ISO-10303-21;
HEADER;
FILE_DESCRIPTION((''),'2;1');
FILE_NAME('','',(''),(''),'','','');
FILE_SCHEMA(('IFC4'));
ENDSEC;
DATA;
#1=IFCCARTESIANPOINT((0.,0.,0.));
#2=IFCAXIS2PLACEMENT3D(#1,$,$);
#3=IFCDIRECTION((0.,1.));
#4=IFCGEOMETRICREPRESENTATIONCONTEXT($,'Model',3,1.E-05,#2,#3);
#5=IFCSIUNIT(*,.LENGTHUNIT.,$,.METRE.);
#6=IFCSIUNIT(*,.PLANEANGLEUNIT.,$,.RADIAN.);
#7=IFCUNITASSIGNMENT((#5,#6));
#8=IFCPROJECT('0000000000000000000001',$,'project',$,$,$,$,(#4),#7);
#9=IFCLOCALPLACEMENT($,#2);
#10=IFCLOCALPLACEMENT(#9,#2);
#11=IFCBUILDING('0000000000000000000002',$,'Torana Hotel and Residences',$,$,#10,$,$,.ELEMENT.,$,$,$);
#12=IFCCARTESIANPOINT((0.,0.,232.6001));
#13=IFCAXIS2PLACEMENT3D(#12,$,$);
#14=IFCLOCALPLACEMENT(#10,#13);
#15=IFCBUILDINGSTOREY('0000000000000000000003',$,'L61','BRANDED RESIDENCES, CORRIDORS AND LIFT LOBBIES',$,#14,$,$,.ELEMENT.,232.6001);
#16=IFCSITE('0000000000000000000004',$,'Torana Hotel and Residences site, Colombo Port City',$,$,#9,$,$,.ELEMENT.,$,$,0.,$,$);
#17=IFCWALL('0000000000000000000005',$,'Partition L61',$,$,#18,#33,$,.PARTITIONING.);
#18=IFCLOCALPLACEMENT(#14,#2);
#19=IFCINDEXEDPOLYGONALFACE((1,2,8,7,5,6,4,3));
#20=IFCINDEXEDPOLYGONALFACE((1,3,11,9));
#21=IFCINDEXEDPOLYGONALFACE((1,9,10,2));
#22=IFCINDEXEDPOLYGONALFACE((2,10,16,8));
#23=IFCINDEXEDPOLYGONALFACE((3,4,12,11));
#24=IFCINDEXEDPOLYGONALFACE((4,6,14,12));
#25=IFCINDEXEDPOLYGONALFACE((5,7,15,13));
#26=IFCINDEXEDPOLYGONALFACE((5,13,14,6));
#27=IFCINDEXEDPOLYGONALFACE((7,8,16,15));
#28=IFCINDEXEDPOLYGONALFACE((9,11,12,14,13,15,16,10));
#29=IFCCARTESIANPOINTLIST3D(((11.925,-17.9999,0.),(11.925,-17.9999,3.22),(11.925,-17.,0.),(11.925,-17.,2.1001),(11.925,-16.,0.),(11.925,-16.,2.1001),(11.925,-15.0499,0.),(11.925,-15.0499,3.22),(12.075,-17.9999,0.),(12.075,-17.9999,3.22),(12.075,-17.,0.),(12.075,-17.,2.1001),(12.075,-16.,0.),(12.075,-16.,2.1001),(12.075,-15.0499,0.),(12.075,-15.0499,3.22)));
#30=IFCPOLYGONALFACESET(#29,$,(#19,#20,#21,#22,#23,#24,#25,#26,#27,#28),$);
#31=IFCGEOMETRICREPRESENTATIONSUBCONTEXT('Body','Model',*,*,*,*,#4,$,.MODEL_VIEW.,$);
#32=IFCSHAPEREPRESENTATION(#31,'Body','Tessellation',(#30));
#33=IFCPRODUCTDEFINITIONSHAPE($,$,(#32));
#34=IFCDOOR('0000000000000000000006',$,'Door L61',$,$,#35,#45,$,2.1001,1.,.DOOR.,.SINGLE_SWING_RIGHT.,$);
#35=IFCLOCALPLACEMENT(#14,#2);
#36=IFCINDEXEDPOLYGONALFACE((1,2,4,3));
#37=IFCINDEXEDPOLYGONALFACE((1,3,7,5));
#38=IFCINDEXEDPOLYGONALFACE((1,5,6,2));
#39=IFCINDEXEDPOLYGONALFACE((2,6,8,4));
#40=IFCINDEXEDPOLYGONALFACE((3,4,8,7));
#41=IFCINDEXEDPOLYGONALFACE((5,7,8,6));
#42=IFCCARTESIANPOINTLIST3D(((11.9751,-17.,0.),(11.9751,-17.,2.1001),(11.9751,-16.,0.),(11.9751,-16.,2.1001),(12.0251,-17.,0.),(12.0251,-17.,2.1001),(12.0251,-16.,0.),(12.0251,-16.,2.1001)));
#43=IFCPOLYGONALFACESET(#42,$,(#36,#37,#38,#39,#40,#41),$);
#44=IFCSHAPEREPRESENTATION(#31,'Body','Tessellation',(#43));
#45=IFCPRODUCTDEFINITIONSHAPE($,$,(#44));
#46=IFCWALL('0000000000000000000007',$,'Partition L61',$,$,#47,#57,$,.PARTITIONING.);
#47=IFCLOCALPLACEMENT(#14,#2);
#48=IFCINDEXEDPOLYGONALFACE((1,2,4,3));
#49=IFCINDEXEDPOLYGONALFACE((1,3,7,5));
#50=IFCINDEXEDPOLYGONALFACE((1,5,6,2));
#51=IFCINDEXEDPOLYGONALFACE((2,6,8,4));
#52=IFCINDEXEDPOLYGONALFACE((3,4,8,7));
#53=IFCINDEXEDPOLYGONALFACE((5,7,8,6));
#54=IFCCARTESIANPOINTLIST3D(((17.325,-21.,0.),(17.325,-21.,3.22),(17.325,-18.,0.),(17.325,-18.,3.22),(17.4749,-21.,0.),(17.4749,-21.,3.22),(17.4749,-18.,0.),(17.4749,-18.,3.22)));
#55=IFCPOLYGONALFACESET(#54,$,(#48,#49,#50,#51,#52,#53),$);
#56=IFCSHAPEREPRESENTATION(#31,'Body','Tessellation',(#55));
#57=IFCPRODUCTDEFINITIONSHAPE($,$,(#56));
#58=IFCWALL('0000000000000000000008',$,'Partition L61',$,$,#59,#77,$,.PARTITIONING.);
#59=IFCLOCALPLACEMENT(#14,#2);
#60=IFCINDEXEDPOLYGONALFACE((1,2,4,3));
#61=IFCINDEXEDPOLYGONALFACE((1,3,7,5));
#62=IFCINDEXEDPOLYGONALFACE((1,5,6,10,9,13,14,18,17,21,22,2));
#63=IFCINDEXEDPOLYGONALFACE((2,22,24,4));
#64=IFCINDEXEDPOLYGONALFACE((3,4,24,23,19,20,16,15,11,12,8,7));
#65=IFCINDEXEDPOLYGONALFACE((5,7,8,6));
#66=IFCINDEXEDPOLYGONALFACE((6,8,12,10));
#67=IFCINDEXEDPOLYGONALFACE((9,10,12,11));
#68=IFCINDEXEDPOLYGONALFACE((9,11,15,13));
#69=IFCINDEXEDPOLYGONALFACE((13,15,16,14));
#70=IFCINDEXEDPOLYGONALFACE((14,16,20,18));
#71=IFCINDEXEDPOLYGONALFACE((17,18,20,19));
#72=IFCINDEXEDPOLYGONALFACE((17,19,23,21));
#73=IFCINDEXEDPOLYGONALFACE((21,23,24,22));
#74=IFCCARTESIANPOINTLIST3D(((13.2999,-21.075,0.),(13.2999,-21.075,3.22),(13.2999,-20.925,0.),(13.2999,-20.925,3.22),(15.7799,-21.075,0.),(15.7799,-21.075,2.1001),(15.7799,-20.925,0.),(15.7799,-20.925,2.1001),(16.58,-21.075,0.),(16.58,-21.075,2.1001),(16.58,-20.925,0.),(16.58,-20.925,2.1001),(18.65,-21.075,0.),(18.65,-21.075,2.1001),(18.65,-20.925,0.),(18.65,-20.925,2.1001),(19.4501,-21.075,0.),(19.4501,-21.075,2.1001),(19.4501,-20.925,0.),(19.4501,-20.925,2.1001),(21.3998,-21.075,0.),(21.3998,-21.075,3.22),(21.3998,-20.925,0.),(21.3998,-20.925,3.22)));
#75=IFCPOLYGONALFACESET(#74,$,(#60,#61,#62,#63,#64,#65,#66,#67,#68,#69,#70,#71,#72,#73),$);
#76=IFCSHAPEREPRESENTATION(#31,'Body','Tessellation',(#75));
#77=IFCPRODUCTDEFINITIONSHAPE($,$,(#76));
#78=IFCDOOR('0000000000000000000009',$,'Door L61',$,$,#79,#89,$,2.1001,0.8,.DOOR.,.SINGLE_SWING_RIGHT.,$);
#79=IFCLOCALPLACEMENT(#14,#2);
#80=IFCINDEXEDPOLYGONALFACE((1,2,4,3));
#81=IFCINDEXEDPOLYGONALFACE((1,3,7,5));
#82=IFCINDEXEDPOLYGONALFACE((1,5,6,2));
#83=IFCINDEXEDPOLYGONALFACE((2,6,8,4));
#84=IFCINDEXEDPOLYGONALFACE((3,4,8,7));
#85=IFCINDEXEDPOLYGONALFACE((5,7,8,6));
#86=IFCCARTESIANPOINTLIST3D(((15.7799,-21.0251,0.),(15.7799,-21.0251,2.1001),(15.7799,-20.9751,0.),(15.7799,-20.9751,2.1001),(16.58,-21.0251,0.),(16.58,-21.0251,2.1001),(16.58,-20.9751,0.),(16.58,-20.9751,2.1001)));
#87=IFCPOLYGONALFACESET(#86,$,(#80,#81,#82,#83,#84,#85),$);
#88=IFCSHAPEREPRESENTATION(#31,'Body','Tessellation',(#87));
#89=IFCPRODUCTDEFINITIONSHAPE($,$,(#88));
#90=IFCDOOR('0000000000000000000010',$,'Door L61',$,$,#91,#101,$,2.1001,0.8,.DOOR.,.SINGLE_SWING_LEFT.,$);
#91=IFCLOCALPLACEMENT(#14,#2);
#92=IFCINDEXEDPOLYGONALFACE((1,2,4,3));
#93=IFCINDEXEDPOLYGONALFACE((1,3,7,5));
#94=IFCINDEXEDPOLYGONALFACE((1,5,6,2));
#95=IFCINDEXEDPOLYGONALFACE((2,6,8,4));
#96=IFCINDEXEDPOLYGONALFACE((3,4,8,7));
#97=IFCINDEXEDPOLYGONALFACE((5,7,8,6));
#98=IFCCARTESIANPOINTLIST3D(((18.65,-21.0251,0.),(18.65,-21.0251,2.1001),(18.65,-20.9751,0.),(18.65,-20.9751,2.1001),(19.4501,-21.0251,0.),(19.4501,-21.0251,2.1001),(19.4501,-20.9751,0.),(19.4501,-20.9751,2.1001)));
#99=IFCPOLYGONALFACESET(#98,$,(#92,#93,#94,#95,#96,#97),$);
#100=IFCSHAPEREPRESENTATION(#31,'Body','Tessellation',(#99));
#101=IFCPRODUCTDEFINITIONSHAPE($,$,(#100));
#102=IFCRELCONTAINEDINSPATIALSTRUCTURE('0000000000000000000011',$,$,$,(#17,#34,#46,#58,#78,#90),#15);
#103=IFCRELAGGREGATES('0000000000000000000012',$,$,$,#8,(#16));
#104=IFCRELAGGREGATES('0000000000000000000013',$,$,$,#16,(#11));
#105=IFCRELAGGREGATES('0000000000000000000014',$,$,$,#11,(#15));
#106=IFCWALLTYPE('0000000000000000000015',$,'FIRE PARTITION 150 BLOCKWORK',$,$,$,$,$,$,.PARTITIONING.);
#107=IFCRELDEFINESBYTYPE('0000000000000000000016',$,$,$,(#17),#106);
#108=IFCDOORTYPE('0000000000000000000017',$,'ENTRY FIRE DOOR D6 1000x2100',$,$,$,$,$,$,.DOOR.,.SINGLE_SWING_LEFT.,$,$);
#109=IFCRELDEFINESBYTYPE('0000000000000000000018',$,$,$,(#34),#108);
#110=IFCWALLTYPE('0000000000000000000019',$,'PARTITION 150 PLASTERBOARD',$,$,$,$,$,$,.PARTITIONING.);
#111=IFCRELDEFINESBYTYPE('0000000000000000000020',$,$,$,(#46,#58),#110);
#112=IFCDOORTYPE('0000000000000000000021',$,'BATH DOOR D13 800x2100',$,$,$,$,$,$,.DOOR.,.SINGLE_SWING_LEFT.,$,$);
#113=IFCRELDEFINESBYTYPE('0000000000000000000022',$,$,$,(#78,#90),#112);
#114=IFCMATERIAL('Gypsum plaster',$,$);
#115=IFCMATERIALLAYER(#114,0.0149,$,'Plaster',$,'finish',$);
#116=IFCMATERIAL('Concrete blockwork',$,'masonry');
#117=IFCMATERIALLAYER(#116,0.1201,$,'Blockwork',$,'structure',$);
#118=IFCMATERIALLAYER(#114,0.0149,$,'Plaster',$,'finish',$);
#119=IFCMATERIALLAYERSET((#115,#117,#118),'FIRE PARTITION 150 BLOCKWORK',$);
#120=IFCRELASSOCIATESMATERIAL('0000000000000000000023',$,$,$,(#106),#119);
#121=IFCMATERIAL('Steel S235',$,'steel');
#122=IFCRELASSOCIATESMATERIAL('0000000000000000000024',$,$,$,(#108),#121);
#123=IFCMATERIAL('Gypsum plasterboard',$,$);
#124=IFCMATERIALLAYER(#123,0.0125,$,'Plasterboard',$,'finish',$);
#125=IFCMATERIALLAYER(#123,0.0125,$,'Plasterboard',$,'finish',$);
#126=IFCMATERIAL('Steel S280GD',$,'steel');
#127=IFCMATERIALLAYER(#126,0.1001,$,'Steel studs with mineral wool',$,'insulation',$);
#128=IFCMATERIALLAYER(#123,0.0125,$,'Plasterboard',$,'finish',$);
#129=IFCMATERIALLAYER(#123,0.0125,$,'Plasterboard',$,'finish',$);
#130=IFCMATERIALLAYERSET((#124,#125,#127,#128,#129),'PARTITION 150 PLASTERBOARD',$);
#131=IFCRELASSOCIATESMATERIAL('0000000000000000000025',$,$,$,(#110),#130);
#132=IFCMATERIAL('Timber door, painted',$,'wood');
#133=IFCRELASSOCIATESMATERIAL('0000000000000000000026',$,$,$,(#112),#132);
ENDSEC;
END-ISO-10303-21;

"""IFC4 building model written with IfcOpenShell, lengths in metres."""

from ifc_helpers import new_model, si_unit, direction, frame, frame_2d, origin, place, context, subcontext, project, spatial, rectangle, extrude, material, layer, layer_set, type_object, element, fill, save


model = new_model("IFC4")

# Units and contexts
model_context = context("Model", 3, precision=1e-05, world=origin(), true_north=direction((0.0, 1.0)))
body_context = subcontext(model_context, "Body", "Model", "MODEL_VIEW")
ifc_project = project(units=[si_unit("LENGTHUNIT", "METRE"), si_unit("PLANEANGLEUNIT", "RADIAN")], contexts=[model_context])

# Site, building, storey
site_placement = place(None, origin())
site = spatial("IfcSite", under=ifc_project, at=site_placement, Name="Torana Hotel and Residences site, Colombo Port City", CompositionType="ELEMENT", RefElevation=0.0)
building_placement = place(site_placement, origin())
building = spatial("IfcBuilding", under=site, at=building_placement, Name="Torana Hotel and Residences", CompositionType="ELEMENT")
storey_placement = place(building_placement, frame((0.0, 0.0, 232.6001)))
storey = spatial("IfcBuildingStorey", under=building, at=storey_placement, Name="L61", Description="BRANDED RESIDENCES, CORRIDORS AND LIFT LOBBIES", CompositionType="ELEMENT", Elevation=232.6001)

# Wall, opening, door
ifc_material_1 = material(Name="Gypsum plaster")
ifc_layer_1 = layer(ifc_material_1, 0.0149, Name="Plaster", Category="finish")
ifc_material_2 = material(Name="Concrete blockwork", Category="masonry")
ifc_layer_2 = layer(ifc_material_2, 0.1201, Name="Blockwork", Category="structure")
ifc_layer_3 = layer(ifc_material_1, 0.0149, Name="Plaster", Category="finish")
ifc_layer_set_1 = layer_set([ifc_layer_1, ifc_layer_2, ifc_layer_3], Name="FIRE PARTITION 150 BLOCKWORK")
wall_type_1 = type_object("IfcWallType", Name="FIRE PARTITION 150 BLOCKWORK", PredefinedType="PARTITIONING", material=ifc_layer_set_1)
wall_1_placement = place(storey_placement, frame((12.0, -18.0, 0.0), z_axis=(0.0, 0.0, 1.0), x_axis=(0.0, 1.0, 0.0)))
wall_1 = element("IfcWall", 1, at=wall_1_placement, inside=storey, type_object=wall_type_1, Name="Partition L61", PredefinedType="PARTITIONING", context=body_context, shape_type="SweptSolid", body=[
    extrude(rectangle(XDim=2.95, YDim=0.1499, at=frame_2d((1.4751, 0.0))), origin(), (0.0, 0.0, 1.0), 3.22),
])
opening_1_placement = place(wall_1_placement, frame((1.0, 0.0, 0.0)))
opening_1 = element("IfcOpeningElement", 2, at=opening_1_placement, cuts=wall_1, PredefinedType="OPENING", context=body_context, shape_type="SweptSolid", body=[
    extrude(rectangle(XDim=1.0, YDim=2.1001, at=frame_2d((0.5, 1.05))), frame((0.0, 0.085, 0.0), z_axis=(0.0, -1.0, 0.0), x_axis=(1.0, 0.0, 0.0)), (0.0, 0.0, 1.0), 0.1699),
])
ifc_material_3 = material(Name="Steel S235", Category="steel")
door_type_1 = type_object("IfcDoorType", Name="ENTRY FIRE DOOR D6 1000x2100", OperationType="SINGLE_SWING_LEFT", PredefinedType="DOOR", material=ifc_material_3)
door_1_placement = place(opening_1_placement, origin())
door_1 = element("IfcDoor", 3, at=door_1_placement, inside=storey, type_object=door_type_1, Name="Door L61", OperationType="SINGLE_SWING_RIGHT", OverallHeight=2.1001, OverallWidth=1.0, PredefinedType="DOOR", context=body_context, shape_type="SweptSolid", body=[
    extrude(rectangle(XDim=1.0, YDim=2.1001, at=frame_2d((0.5, 1.05))), frame((0.0, 0.0249, 0.0), z_axis=(0.0, -1.0, 0.0), x_axis=(1.0, 0.0, 0.0)), (0.0, 0.0, 1.0), 0.05),
])
fill(opening_1, door_1)

# Wall
ifc_material_4 = material(Name="Gypsum plasterboard")
ifc_layer_4 = layer(ifc_material_4, 0.0125, Name="Plasterboard", Category="finish")
ifc_layer_5 = layer(ifc_material_4, 0.0125, Name="Plasterboard", Category="finish")
ifc_material_5 = material(Name="Steel S280GD", Category="steel")
ifc_layer_6 = layer(ifc_material_5, 0.1001, Name="Steel studs with mineral wool", Category="insulation")
ifc_layer_7 = layer(ifc_material_4, 0.0125, Name="Plasterboard", Category="finish")
ifc_layer_8 = layer(ifc_material_4, 0.0125, Name="Plasterboard", Category="finish")
ifc_layer_set_2 = layer_set([ifc_layer_4, ifc_layer_5, ifc_layer_6, ifc_layer_7, ifc_layer_8], Name="PARTITION 150 PLASTERBOARD")
wall_type_2 = type_object("IfcWallType", Name="PARTITION 150 PLASTERBOARD", PredefinedType="PARTITIONING", material=ifc_layer_set_2)
wall_2_placement = place(storey_placement, frame((17.3999, -21.0, 0.0), z_axis=(0.0, 0.0, 1.0), x_axis=(0.0, 1.0, 0.0)))
element("IfcWall", 4, at=wall_2_placement, inside=storey, type_object=wall_type_2, Name="Partition L61", PredefinedType="PARTITIONING", context=body_context, shape_type="SweptSolid", body=[
    extrude(rectangle(XDim=3.0, YDim=0.1499, at=frame_2d((1.5, 0.0))), origin(), (0.0, 0.0, 1.0), 3.22),
])

# Wall, openings, doors
wall_3_placement = place(storey_placement, frame((13.3, -21.0, 0.0), z_axis=(0.0, 0.0, 1.0), x_axis=(1.0, 0.0, 0.0)))
wall_3 = element("IfcWall", 5, at=wall_3_placement, inside=storey, type_object=wall_type_2, Name="Partition L61", PredefinedType="PARTITIONING", context=body_context, shape_type="SweptSolid", body=[
    extrude(rectangle(XDim=8.0999, YDim=0.1499, at=frame_2d((4.0498, 0.0))), origin(), (0.0, 0.0, 1.0), 3.22),
])
opening_2_placement = place(wall_3_placement, frame((2.48, 0.0, 0.0)))
opening_2 = element("IfcOpeningElement", 6, at=opening_2_placement, cuts=wall_3, PredefinedType="OPENING", context=body_context, shape_type="SweptSolid", body=[
    extrude(rectangle(XDim=0.8, YDim=2.1001, at=frame_2d((0.3999, 1.05))), frame((0.0, 0.085, 0.0), z_axis=(0.0, -1.0, 0.0), x_axis=(1.0, 0.0, 0.0)), (0.0, 0.0, 1.0), 0.1699),
])
opening_3_placement = place(wall_3_placement, frame((5.3501, 0.0, 0.0)))
opening_3 = element("IfcOpeningElement", 7, at=opening_3_placement, cuts=wall_3, PredefinedType="OPENING", context=body_context, shape_type="SweptSolid", body=[
    extrude(rectangle(XDim=0.8, YDim=2.1001, at=frame_2d((0.3999, 1.05))), frame((0.0, 0.085, 0.0), z_axis=(0.0, -1.0, 0.0), x_axis=(1.0, 0.0, 0.0)), (0.0, 0.0, 1.0), 0.1699),
])
ifc_material_6 = material(Name="Timber door, painted", Category="wood")
door_type_2 = type_object("IfcDoorType", Name="BATH DOOR D13 800x2100", OperationType="SINGLE_SWING_LEFT", PredefinedType="DOOR", material=ifc_material_6)
door_2_placement = place(opening_2_placement, origin())
door_2 = element("IfcDoor", 8, at=door_2_placement, inside=storey, type_object=door_type_2, Name="Door L61", OperationType="SINGLE_SWING_RIGHT", OverallHeight=2.1001, OverallWidth=0.8, PredefinedType="DOOR", context=body_context, shape_type="SweptSolid", body=[
    extrude(rectangle(XDim=0.8, YDim=2.1001, at=frame_2d((0.3999, 1.05))), frame((0.0, 0.0249, 0.0), z_axis=(0.0, -1.0, 0.0), x_axis=(1.0, 0.0, 0.0)), (0.0, 0.0, 1.0), 0.05),
])
fill(opening_2, door_2)
door_3_placement = place(opening_3_placement, origin())
door_3 = element("IfcDoor", 9, at=door_3_placement, inside=storey, type_object=door_type_2, Name="Door L61", OperationType="SINGLE_SWING_LEFT", OverallHeight=2.1001, OverallWidth=0.8, PredefinedType="DOOR", context=body_context, shape_type="SweptSolid", body=[
    extrude(rectangle(XDim=0.8, YDim=2.1001, at=frame_2d((0.3999, 1.05))), frame((0.0, 0.0249, 0.0), z_axis=(0.0, -1.0, 0.0), x_axis=(1.0, 0.0, 0.0)), (0.0, 0.0, 1.0), 0.05),
])
fill(opening_3, door_3)

save(model, "model.ifc")
